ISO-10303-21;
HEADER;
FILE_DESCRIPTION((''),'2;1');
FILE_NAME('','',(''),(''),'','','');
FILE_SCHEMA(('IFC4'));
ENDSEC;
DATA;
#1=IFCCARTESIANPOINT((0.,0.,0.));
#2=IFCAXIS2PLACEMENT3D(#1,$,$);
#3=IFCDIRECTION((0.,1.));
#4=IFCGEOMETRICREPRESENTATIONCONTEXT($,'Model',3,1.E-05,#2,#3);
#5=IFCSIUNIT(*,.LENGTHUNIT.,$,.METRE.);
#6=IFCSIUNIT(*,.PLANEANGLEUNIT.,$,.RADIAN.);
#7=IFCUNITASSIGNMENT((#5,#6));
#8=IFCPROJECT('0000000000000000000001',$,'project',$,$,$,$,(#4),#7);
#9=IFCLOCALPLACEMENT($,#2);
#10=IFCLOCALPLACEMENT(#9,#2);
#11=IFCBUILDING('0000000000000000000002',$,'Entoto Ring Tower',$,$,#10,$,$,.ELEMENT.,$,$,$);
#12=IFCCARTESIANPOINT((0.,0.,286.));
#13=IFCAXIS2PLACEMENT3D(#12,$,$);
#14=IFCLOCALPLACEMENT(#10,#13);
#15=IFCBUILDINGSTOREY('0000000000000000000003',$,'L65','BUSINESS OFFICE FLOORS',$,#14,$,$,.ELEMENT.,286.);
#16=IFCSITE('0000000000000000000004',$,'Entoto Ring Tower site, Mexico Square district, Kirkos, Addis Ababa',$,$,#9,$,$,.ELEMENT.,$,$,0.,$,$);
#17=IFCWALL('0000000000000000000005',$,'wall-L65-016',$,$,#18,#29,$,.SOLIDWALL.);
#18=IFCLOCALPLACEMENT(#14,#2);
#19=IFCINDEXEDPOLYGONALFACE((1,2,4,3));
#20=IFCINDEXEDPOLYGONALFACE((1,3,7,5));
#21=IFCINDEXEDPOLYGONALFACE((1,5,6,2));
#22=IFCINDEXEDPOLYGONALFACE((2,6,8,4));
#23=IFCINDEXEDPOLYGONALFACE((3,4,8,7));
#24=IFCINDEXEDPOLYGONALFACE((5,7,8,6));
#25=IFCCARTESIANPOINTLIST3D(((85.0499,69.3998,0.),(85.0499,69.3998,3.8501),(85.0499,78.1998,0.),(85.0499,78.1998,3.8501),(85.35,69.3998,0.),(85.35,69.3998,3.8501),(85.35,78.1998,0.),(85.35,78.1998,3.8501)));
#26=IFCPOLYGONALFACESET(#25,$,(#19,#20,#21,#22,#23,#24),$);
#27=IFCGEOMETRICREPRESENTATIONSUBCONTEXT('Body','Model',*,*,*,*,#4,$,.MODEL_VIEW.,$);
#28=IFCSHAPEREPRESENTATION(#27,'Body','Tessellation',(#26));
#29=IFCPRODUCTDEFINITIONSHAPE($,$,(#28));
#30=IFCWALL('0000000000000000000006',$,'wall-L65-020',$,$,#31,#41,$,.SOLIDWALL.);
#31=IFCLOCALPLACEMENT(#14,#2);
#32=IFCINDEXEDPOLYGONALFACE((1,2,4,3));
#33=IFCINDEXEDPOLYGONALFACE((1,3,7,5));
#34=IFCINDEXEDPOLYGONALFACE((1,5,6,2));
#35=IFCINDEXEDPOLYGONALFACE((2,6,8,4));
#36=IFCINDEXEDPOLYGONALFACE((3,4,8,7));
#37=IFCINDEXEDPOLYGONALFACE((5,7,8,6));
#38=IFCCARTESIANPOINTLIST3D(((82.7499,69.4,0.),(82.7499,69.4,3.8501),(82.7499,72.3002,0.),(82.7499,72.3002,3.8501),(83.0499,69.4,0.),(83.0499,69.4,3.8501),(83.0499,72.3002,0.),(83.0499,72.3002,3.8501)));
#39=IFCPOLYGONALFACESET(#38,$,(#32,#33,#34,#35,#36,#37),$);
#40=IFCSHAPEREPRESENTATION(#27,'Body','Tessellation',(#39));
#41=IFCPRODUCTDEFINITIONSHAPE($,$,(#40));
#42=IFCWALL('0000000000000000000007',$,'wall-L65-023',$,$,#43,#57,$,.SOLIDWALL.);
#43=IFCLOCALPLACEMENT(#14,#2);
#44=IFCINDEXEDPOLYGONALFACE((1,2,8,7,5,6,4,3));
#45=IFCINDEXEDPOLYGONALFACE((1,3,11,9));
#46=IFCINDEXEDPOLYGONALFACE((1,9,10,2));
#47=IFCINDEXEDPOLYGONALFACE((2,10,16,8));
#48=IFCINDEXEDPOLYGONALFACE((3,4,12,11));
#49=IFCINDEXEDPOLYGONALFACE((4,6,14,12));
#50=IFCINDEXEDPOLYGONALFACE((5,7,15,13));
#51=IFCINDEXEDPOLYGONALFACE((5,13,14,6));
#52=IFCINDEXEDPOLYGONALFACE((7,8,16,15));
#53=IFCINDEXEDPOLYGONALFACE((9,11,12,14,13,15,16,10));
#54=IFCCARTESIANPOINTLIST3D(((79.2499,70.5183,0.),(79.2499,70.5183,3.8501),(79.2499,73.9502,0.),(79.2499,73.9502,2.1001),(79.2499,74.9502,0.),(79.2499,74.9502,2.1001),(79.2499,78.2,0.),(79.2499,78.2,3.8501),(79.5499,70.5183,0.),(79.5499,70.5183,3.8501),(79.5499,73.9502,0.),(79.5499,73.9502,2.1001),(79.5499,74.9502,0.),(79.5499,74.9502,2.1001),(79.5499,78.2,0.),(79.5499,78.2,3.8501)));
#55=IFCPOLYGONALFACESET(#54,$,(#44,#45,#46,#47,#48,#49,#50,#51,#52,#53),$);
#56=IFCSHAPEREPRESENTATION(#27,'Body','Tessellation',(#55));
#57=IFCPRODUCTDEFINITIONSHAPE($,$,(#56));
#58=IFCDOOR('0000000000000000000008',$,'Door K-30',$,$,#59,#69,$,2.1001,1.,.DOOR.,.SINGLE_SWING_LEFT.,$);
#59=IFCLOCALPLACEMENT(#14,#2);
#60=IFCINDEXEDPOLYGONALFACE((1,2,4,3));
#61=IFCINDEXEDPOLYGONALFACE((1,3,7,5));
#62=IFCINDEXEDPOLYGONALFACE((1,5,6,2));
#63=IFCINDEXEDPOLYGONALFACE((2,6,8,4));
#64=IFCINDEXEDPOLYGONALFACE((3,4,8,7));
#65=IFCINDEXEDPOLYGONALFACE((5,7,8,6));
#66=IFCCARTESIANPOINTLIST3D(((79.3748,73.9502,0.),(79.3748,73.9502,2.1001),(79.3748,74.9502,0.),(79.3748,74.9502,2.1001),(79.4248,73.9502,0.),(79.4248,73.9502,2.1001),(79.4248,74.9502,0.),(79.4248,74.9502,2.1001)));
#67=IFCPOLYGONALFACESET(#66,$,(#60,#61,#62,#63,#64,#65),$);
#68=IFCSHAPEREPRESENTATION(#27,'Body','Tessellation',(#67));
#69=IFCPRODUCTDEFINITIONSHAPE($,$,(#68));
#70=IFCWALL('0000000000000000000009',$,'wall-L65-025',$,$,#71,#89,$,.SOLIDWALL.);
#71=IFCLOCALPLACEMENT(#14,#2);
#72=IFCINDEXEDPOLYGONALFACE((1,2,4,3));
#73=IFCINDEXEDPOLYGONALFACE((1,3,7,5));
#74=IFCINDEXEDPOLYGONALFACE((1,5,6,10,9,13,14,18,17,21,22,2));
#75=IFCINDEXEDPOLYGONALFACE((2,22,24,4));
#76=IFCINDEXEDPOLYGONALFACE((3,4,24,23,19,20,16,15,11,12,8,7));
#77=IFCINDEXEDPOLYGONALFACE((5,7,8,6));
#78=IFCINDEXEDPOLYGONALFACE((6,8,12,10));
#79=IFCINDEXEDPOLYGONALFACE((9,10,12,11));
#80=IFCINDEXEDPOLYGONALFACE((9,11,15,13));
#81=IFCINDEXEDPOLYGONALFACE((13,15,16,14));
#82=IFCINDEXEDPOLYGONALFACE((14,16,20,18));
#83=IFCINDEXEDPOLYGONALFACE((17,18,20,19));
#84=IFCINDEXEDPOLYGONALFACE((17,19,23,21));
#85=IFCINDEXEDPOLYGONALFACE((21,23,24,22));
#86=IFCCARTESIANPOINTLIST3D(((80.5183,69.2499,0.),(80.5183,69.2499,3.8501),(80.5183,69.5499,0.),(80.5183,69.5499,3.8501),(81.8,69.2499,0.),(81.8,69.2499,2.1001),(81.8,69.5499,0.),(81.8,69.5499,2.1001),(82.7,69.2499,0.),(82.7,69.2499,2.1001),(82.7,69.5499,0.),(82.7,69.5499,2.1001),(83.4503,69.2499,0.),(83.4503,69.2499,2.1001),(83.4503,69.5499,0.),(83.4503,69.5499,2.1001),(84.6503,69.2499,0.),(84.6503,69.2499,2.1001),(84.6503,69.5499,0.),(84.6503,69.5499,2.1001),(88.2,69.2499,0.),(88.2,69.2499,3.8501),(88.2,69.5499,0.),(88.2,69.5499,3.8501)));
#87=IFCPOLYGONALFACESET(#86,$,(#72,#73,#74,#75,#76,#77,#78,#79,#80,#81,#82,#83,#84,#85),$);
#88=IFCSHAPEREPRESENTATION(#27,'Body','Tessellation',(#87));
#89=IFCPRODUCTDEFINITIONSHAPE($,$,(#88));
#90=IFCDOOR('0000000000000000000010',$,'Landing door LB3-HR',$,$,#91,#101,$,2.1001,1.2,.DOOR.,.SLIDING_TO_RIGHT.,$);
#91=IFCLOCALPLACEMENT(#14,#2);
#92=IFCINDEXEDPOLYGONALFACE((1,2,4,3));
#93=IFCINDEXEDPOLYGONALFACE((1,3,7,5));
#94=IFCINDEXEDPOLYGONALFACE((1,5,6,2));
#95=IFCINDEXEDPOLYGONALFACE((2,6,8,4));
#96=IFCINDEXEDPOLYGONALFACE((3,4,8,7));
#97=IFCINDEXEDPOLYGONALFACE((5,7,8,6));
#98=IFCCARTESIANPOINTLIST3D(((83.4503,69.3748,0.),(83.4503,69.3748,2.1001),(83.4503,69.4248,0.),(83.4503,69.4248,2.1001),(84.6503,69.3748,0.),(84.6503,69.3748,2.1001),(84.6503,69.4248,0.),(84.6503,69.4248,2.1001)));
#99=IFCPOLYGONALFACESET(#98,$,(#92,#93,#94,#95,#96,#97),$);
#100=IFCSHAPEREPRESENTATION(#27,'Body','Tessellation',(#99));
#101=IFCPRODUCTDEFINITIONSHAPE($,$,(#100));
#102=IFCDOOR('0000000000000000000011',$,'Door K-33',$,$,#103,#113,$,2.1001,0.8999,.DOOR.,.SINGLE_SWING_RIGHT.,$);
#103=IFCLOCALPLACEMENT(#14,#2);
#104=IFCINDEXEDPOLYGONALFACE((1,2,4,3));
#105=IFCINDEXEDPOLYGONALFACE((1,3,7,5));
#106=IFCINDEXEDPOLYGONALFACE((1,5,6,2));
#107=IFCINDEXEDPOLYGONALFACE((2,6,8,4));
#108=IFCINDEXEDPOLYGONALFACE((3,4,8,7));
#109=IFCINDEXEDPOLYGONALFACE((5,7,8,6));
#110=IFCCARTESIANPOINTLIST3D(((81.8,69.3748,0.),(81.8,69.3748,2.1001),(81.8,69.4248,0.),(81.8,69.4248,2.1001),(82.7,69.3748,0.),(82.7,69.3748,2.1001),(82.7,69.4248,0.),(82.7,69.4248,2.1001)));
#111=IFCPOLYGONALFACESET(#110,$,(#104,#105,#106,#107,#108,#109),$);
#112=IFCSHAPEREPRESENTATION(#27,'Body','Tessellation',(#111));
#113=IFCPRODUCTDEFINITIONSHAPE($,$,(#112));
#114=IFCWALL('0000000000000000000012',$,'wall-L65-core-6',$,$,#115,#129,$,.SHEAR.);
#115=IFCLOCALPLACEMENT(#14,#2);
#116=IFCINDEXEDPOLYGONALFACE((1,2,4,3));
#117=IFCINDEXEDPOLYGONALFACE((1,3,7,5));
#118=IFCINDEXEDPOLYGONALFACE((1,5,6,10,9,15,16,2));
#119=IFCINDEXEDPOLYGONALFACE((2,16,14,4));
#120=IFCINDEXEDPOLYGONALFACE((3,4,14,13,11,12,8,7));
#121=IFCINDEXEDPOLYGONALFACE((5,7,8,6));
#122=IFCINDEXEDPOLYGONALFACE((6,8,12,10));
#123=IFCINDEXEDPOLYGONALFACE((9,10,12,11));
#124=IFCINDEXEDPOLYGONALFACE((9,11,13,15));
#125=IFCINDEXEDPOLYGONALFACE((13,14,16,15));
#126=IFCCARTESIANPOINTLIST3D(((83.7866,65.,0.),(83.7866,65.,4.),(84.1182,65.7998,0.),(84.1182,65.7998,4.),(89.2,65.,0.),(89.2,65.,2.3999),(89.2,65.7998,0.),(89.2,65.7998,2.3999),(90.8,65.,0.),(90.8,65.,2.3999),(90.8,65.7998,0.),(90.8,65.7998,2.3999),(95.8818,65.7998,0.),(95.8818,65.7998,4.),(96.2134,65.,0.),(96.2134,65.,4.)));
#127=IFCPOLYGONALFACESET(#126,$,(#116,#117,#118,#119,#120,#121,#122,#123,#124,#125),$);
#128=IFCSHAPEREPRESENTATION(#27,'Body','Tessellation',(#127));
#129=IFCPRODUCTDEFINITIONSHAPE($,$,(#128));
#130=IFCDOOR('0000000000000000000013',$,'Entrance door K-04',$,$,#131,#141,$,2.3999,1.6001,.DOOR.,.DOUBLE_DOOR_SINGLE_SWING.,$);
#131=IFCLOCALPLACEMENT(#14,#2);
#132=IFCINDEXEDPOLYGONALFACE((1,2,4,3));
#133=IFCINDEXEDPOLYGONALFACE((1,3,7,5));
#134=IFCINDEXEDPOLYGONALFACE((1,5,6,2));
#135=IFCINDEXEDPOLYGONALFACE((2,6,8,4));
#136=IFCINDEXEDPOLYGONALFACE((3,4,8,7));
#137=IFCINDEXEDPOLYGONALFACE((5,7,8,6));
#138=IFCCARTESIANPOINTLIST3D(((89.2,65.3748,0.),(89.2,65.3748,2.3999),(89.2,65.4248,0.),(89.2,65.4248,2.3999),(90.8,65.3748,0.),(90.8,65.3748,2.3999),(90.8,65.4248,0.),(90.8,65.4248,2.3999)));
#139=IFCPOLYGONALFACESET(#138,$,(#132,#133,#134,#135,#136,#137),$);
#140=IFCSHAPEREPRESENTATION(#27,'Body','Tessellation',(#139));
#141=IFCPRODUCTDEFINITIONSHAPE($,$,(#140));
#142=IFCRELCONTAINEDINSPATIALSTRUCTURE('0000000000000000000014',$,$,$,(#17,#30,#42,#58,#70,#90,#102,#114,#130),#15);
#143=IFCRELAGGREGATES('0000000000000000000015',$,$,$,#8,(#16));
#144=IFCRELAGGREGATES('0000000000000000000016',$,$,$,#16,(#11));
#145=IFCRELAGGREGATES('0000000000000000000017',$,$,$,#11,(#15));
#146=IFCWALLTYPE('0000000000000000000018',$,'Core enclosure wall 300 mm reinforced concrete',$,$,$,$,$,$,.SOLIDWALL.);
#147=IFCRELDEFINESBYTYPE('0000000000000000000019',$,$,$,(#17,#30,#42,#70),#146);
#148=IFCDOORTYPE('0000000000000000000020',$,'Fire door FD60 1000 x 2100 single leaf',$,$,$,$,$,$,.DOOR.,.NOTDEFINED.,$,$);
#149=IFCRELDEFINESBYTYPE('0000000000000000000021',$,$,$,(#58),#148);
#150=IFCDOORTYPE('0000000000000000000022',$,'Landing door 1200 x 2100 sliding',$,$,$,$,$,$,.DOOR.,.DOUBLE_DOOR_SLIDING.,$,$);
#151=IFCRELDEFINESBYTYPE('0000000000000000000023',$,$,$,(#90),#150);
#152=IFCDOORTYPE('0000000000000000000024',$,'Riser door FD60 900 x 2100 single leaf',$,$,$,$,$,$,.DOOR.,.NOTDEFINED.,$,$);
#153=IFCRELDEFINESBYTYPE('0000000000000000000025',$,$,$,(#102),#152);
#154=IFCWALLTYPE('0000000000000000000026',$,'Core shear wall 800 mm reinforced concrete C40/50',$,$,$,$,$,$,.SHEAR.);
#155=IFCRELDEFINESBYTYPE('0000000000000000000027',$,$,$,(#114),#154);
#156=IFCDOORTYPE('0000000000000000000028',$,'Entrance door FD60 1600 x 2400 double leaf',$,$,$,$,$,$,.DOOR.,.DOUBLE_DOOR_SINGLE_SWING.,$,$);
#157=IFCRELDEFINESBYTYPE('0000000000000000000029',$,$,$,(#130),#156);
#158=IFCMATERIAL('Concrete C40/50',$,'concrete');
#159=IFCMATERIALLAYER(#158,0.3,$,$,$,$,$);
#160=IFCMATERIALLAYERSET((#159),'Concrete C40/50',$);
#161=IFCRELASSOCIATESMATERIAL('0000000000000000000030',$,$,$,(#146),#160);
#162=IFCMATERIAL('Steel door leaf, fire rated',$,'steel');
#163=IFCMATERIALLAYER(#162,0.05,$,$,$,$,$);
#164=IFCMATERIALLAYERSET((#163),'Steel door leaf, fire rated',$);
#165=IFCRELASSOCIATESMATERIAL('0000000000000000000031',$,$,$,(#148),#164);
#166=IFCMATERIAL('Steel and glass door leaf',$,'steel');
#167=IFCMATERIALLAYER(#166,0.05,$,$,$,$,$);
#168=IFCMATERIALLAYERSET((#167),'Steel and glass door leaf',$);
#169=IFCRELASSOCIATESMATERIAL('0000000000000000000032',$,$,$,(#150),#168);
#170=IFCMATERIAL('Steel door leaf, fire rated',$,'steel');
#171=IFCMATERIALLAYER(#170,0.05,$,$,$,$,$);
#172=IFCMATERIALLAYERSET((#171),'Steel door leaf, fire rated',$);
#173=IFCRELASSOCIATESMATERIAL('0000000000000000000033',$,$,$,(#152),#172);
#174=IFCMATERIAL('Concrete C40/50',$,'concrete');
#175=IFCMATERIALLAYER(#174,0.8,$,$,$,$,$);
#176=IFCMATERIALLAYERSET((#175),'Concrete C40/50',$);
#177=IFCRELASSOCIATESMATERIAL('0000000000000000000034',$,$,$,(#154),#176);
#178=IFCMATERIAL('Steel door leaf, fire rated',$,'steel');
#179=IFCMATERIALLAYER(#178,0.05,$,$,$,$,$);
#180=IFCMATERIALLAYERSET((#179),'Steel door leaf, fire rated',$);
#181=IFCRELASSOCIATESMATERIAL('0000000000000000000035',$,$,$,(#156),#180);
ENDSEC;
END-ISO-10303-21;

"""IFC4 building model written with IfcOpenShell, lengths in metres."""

from ifc_helpers import new_model, si_unit, direction, frame, frame_2d, origin, place, context, subcontext, project, spatial, polyline, rectangle, outline, extrude, material, layer, layer_set, type_object, element, fill, save


model = new_model("IFC4")

# Units and contexts
model_context = context("Model", 3, precision=1e-05, world=origin(), true_north=direction((0.0, 1.0)))
body_context = subcontext(model_context, "Body", "Model", "MODEL_VIEW")
ifc_project = project(units=[si_unit("LENGTHUNIT", "METRE"), si_unit("PLANEANGLEUNIT", "RADIAN")], contexts=[model_context])

# Site, building, storey
site_placement = place(None, origin())
site = spatial("IfcSite", under=ifc_project, at=site_placement, Name="Entoto Ring Tower site, Mexico Square district, Kirkos, Addis Ababa", CompositionType="ELEMENT", RefElevation=0.0)
building_placement = place(site_placement, origin())
building = spatial("IfcBuilding", under=site, at=building_placement, Name="Entoto Ring Tower", CompositionType="ELEMENT")
storey_placement = place(building_placement, frame((0.0, 0.0, 286.0)))
storey = spatial("IfcBuildingStorey", under=building, at=storey_placement, Name="L65", Description="BUSINESS OFFICE FLOORS", CompositionType="ELEMENT", Elevation=286.0)

# Walls
ifc_material_1 = material(Name="Concrete C40/50", Category="concrete")
ifc_layer_1 = layer(ifc_material_1, 0.3)
ifc_layer_set_1 = layer_set([ifc_layer_1], Name="Concrete C40/50")
wall_type_1 = type_object("IfcWallType", Name="Core enclosure wall 300 mm reinforced concrete", PredefinedType="SOLIDWALL", material=ifc_layer_set_1)
wall_1_placement = place(storey_placement, frame((85.2, 69.3999, 0.0), z_axis=(0.0, 0.0, 1.0), x_axis=(0.0, 1.0, 0.0)))
element("IfcWall", 1, at=wall_1_placement, inside=storey, type_object=wall_type_1, Name="wall-L65-016", PredefinedType="SOLIDWALL", context=body_context, shape_type="SweptSolid", body=[
    extrude(rectangle(XDim=8.8, YDim=0.3, at=frame_2d((4.3999, 0.0))), origin(), (0.0, 0.0, 1.0), 3.8501),
])
wall_2_placement = place(storey_placement, frame((82.8999, 69.3999, 0.0), z_axis=(0.0, 0.0, 1.0), x_axis=(0.0, 1.0, 0.0)))
element("IfcWall", 2, at=wall_2_placement, inside=storey, type_object=wall_type_1, Name="wall-L65-020", PredefinedType="SOLIDWALL", context=body_context, shape_type="SweptSolid", body=[
    extrude(rectangle(XDim=2.9001, YDim=0.3, at=frame_2d((1.4502, 0.0))), origin(), (0.0, 0.0, 1.0), 3.8501),
])

# Wall, opening, door
wall_3_placement = place(storey_placement, frame((79.3999, 70.5183, 0.0), z_axis=(0.0, 0.0, 1.0), x_axis=(0.0, 1.0, 0.0)))
wall_3 = element("IfcWall", 3, at=wall_3_placement, inside=storey, type_object=wall_type_1, Name="wall-L65-023", PredefinedType="SOLIDWALL", context=body_context, shape_type="SweptSolid", body=[
    extrude(rectangle(XDim=7.6816, YDim=0.3, at=frame_2d((3.8408, 0.0))), origin(), (0.0, 0.0, 1.0), 3.8501),
])
opening_1_placement = place(wall_3_placement, frame((3.4319, 0.0, 0.0)))
opening_1 = element("IfcOpeningElement", 4, at=opening_1_placement, cuts=wall_3, PredefinedType="OPENING", context=body_context, shape_type="SweptSolid", body=[
    extrude(rectangle(XDim=1.0, YDim=2.1001, at=frame_2d((0.5, 1.05))), frame((0.0, 0.1602, 0.0), z_axis=(0.0, -1.0, 0.0), x_axis=(1.0, 0.0, 0.0)), (0.0, 0.0, 1.0), 0.3201),
])
ifc_material_2 = material(Name="Steel door leaf, fire rated", Category="steel")
ifc_layer_2 = layer(ifc_material_2, 0.05)
ifc_layer_set_2 = layer_set([ifc_layer_2], Name="Steel door leaf, fire rated")
door_type_1 = type_object("IfcDoorType", Name="Fire door FD60 1000 x 2100 single leaf", OperationType="NOTDEFINED", PredefinedType="DOOR", material=ifc_layer_set_2)
door_1_placement = place(opening_1_placement, frame((1.0, 0.0, 0.0), z_axis=(0.0, 0.0, 1.0), x_axis=(-1.0, 0.0, 0.0)))
door_1 = element("IfcDoor", 5, at=door_1_placement, inside=storey, type_object=door_type_1, Name="Door K-30", OperationType="SINGLE_SWING_LEFT", OverallHeight=2.1001, OverallWidth=1.0, PredefinedType="DOOR", context=body_context, shape_type="SweptSolid", body=[
    extrude(rectangle(XDim=1.0, YDim=2.1001, at=frame_2d((0.5, 1.05))), frame((0.0, 0.0249, 0.0), z_axis=(0.0, -1.0, 0.0), x_axis=(1.0, 0.0, 0.0)), (0.0, 0.0, 1.0), 0.05),
])
fill(opening_1, door_1)

# Wall, openings, doors
wall_4_placement = place(storey_placement, frame((80.5183, 69.3999, 0.0), z_axis=(0.0, 0.0, 1.0), x_axis=(1.0, 0.0, 0.0)))
wall_4 = element("IfcWall", 6, at=wall_4_placement, inside=storey, type_object=wall_type_1, Name="wall-L65-025", PredefinedType="SOLIDWALL", context=body_context, shape_type="SweptSolid", body=[
    extrude(rectangle(XDim=7.6816, YDim=0.3, at=frame_2d((3.8408, 0.0))), origin(), (0.0, 0.0, 1.0), 3.8501),
])
opening_2_placement = place(wall_4_placement, frame((2.9319, 0.0, 0.0)))
opening_2 = element("IfcOpeningElement", 7, at=opening_2_placement, cuts=wall_4, PredefinedType="OPENING", context=body_context, shape_type="SweptSolid", body=[
    extrude(rectangle(XDim=1.2, YDim=2.1001, at=frame_2d((0.6001, 1.05))), frame((0.0, 0.1602, 0.0), z_axis=(0.0, -1.0, 0.0), x_axis=(1.0, 0.0, 0.0)), (0.0, 0.0, 1.0), 0.3201),
])
opening_3_placement = place(wall_4_placement, frame((1.2817, 0.0, 0.0)))
opening_3 = element("IfcOpeningElement", 8, at=opening_3_placement, cuts=wall_4, PredefinedType="OPENING", context=body_context, shape_type="SweptSolid", body=[
    extrude(rectangle(XDim=0.8999, YDim=2.1001, at=frame_2d((0.45, 1.05))), frame((0.0, 0.1602, 0.0), z_axis=(0.0, -1.0, 0.0), x_axis=(1.0, 0.0, 0.0)), (0.0, 0.0, 1.0), 0.3201),
])
ifc_material_3 = material(Name="Steel and glass door leaf", Category="steel")
ifc_layer_3 = layer(ifc_material_3, 0.05)
ifc_layer_set_3 = layer_set([ifc_layer_3], Name="Steel and glass door leaf")
door_type_2 = type_object("IfcDoorType", Name="Landing door 1200 x 2100 sliding", OperationType="DOUBLE_DOOR_SLIDING", PredefinedType="DOOR", material=ifc_layer_set_3)
door_2_placement = place(opening_2_placement, origin())
door_2 = element("IfcDoor", 9, at=door_2_placement, inside=storey, type_object=door_type_2, Name="Landing door LB3-HR", OperationType="SLIDING_TO_RIGHT", OverallHeight=2.1001, OverallWidth=1.2, PredefinedType="DOOR", context=body_context, shape_type="SweptSolid", body=[
    extrude(rectangle(XDim=1.2, YDim=2.1001, at=frame_2d((0.6001, 1.05))), frame((0.0, 0.0249, 0.0), z_axis=(0.0, -1.0, 0.0), x_axis=(1.0, 0.0, 0.0)), (0.0, 0.0, 1.0), 0.05),
])
fill(opening_2, door_2)
ifc_material_4 = material(Name="Steel door leaf, fire rated", Category="steel")
ifc_layer_4 = layer(ifc_material_4, 0.05)
ifc_layer_set_4 = layer_set([ifc_layer_4], Name="Steel door leaf, fire rated")
door_type_3 = type_object("IfcDoorType", Name="Riser door FD60 900 x 2100 single leaf", OperationType="NOTDEFINED", PredefinedType="DOOR", material=ifc_layer_set_4)
door_3_placement = place(opening_3_placement, origin())
door_3 = element("IfcDoor", 10, at=door_3_placement, inside=storey, type_object=door_type_3, Name="Door K-33", OperationType="SINGLE_SWING_RIGHT", OverallHeight=2.1001, OverallWidth=0.8999, PredefinedType="DOOR", context=body_context, shape_type="SweptSolid", body=[
    extrude(rectangle(XDim=0.8999, YDim=2.1001, at=frame_2d((0.45, 1.05))), frame((0.0, 0.0249, 0.0), z_axis=(0.0, -1.0, 0.0), x_axis=(1.0, 0.0, 0.0)), (0.0, 0.0, 1.0), 0.05),
])
fill(opening_3, door_3)

# Wall, opening, door
ifc_material_5 = material(Name="Concrete C40/50", Category="concrete")
ifc_layer_5 = layer(ifc_material_5, 0.8)
ifc_layer_set_5 = layer_set([ifc_layer_5], Name="Concrete C40/50")
wall_type_2 = type_object("IfcWallType", Name="Core shear wall 800 mm reinforced concrete C40/50", PredefinedType="SHEAR", material=ifc_layer_set_5)
wall_5_placement = place(storey_placement, frame((83.9524, 65.3999, 0.0), z_axis=(0.0, 0.0, 1.0), x_axis=(1.0, 0.0, 0.0)))
wall_5 = element("IfcWall", 11, at=wall_5_placement, inside=storey, type_object=wall_type_2, Name="wall-L65-core-6", PredefinedType="SHEAR", context=body_context, shape_type="SweptSolid", body=[
    extrude(outline(polyline([(-0.1658, -0.3999), (12.261, -0.3999), (11.9294, 0.3999), (0.1658, 0.3999), (-0.1658, -0.3999)])), origin(), (0.0, 0.0, 1.0), 4.0),
])
opening_4_placement = place(wall_5_placement, frame((5.2476, 0.0, 0.0)))
opening_4 = element("IfcOpeningElement", 12, at=opening_4_placement, cuts=wall_5, PredefinedType="OPENING", context=body_context, shape_type="SweptSolid", body=[
    extrude(rectangle(XDim=1.6001, YDim=2.3999, at=frame_2d((0.8, 1.2))), frame((0.0, 0.4102, 0.0), z_axis=(0.0, -1.0, 0.0), x_axis=(1.0, 0.0, 0.0)), (0.0, 0.0, 1.0), 0.8201),
])
ifc_material_6 = material(Name="Steel door leaf, fire rated", Category="steel")
ifc_layer_6 = layer(ifc_material_6, 0.05)
ifc_layer_set_6 = layer_set([ifc_layer_6], Name="Steel door leaf, fire rated")
door_type_4 = type_object("IfcDoorType", Name="Entrance door FD60 1600 x 2400 double leaf", OperationType="DOUBLE_DOOR_SINGLE_SWING", PredefinedType="DOOR", material=ifc_layer_set_6)
door_4_placement = place(opening_4_placement, origin())
door_4 = element("IfcDoor", 13, at=door_4_placement, inside=storey, type_object=door_type_4, Name="Entrance door K-04", OperationType="DOUBLE_DOOR_SINGLE_SWING", OverallHeight=2.3999, OverallWidth=1.6001, PredefinedType="DOOR", context=body_context, shape_type="SweptSolid", body=[
    extrude(rectangle(XDim=1.6001, YDim=2.3999, at=frame_2d((0.8, 1.2))), frame((0.0, 0.0249, 0.0), z_axis=(0.0, -1.0, 0.0), x_axis=(1.0, 0.0, 0.0)), (0.0, 0.0, 1.0), 0.05),
])
fill(opening_4, door_4)

save(model, "model.ifc")
